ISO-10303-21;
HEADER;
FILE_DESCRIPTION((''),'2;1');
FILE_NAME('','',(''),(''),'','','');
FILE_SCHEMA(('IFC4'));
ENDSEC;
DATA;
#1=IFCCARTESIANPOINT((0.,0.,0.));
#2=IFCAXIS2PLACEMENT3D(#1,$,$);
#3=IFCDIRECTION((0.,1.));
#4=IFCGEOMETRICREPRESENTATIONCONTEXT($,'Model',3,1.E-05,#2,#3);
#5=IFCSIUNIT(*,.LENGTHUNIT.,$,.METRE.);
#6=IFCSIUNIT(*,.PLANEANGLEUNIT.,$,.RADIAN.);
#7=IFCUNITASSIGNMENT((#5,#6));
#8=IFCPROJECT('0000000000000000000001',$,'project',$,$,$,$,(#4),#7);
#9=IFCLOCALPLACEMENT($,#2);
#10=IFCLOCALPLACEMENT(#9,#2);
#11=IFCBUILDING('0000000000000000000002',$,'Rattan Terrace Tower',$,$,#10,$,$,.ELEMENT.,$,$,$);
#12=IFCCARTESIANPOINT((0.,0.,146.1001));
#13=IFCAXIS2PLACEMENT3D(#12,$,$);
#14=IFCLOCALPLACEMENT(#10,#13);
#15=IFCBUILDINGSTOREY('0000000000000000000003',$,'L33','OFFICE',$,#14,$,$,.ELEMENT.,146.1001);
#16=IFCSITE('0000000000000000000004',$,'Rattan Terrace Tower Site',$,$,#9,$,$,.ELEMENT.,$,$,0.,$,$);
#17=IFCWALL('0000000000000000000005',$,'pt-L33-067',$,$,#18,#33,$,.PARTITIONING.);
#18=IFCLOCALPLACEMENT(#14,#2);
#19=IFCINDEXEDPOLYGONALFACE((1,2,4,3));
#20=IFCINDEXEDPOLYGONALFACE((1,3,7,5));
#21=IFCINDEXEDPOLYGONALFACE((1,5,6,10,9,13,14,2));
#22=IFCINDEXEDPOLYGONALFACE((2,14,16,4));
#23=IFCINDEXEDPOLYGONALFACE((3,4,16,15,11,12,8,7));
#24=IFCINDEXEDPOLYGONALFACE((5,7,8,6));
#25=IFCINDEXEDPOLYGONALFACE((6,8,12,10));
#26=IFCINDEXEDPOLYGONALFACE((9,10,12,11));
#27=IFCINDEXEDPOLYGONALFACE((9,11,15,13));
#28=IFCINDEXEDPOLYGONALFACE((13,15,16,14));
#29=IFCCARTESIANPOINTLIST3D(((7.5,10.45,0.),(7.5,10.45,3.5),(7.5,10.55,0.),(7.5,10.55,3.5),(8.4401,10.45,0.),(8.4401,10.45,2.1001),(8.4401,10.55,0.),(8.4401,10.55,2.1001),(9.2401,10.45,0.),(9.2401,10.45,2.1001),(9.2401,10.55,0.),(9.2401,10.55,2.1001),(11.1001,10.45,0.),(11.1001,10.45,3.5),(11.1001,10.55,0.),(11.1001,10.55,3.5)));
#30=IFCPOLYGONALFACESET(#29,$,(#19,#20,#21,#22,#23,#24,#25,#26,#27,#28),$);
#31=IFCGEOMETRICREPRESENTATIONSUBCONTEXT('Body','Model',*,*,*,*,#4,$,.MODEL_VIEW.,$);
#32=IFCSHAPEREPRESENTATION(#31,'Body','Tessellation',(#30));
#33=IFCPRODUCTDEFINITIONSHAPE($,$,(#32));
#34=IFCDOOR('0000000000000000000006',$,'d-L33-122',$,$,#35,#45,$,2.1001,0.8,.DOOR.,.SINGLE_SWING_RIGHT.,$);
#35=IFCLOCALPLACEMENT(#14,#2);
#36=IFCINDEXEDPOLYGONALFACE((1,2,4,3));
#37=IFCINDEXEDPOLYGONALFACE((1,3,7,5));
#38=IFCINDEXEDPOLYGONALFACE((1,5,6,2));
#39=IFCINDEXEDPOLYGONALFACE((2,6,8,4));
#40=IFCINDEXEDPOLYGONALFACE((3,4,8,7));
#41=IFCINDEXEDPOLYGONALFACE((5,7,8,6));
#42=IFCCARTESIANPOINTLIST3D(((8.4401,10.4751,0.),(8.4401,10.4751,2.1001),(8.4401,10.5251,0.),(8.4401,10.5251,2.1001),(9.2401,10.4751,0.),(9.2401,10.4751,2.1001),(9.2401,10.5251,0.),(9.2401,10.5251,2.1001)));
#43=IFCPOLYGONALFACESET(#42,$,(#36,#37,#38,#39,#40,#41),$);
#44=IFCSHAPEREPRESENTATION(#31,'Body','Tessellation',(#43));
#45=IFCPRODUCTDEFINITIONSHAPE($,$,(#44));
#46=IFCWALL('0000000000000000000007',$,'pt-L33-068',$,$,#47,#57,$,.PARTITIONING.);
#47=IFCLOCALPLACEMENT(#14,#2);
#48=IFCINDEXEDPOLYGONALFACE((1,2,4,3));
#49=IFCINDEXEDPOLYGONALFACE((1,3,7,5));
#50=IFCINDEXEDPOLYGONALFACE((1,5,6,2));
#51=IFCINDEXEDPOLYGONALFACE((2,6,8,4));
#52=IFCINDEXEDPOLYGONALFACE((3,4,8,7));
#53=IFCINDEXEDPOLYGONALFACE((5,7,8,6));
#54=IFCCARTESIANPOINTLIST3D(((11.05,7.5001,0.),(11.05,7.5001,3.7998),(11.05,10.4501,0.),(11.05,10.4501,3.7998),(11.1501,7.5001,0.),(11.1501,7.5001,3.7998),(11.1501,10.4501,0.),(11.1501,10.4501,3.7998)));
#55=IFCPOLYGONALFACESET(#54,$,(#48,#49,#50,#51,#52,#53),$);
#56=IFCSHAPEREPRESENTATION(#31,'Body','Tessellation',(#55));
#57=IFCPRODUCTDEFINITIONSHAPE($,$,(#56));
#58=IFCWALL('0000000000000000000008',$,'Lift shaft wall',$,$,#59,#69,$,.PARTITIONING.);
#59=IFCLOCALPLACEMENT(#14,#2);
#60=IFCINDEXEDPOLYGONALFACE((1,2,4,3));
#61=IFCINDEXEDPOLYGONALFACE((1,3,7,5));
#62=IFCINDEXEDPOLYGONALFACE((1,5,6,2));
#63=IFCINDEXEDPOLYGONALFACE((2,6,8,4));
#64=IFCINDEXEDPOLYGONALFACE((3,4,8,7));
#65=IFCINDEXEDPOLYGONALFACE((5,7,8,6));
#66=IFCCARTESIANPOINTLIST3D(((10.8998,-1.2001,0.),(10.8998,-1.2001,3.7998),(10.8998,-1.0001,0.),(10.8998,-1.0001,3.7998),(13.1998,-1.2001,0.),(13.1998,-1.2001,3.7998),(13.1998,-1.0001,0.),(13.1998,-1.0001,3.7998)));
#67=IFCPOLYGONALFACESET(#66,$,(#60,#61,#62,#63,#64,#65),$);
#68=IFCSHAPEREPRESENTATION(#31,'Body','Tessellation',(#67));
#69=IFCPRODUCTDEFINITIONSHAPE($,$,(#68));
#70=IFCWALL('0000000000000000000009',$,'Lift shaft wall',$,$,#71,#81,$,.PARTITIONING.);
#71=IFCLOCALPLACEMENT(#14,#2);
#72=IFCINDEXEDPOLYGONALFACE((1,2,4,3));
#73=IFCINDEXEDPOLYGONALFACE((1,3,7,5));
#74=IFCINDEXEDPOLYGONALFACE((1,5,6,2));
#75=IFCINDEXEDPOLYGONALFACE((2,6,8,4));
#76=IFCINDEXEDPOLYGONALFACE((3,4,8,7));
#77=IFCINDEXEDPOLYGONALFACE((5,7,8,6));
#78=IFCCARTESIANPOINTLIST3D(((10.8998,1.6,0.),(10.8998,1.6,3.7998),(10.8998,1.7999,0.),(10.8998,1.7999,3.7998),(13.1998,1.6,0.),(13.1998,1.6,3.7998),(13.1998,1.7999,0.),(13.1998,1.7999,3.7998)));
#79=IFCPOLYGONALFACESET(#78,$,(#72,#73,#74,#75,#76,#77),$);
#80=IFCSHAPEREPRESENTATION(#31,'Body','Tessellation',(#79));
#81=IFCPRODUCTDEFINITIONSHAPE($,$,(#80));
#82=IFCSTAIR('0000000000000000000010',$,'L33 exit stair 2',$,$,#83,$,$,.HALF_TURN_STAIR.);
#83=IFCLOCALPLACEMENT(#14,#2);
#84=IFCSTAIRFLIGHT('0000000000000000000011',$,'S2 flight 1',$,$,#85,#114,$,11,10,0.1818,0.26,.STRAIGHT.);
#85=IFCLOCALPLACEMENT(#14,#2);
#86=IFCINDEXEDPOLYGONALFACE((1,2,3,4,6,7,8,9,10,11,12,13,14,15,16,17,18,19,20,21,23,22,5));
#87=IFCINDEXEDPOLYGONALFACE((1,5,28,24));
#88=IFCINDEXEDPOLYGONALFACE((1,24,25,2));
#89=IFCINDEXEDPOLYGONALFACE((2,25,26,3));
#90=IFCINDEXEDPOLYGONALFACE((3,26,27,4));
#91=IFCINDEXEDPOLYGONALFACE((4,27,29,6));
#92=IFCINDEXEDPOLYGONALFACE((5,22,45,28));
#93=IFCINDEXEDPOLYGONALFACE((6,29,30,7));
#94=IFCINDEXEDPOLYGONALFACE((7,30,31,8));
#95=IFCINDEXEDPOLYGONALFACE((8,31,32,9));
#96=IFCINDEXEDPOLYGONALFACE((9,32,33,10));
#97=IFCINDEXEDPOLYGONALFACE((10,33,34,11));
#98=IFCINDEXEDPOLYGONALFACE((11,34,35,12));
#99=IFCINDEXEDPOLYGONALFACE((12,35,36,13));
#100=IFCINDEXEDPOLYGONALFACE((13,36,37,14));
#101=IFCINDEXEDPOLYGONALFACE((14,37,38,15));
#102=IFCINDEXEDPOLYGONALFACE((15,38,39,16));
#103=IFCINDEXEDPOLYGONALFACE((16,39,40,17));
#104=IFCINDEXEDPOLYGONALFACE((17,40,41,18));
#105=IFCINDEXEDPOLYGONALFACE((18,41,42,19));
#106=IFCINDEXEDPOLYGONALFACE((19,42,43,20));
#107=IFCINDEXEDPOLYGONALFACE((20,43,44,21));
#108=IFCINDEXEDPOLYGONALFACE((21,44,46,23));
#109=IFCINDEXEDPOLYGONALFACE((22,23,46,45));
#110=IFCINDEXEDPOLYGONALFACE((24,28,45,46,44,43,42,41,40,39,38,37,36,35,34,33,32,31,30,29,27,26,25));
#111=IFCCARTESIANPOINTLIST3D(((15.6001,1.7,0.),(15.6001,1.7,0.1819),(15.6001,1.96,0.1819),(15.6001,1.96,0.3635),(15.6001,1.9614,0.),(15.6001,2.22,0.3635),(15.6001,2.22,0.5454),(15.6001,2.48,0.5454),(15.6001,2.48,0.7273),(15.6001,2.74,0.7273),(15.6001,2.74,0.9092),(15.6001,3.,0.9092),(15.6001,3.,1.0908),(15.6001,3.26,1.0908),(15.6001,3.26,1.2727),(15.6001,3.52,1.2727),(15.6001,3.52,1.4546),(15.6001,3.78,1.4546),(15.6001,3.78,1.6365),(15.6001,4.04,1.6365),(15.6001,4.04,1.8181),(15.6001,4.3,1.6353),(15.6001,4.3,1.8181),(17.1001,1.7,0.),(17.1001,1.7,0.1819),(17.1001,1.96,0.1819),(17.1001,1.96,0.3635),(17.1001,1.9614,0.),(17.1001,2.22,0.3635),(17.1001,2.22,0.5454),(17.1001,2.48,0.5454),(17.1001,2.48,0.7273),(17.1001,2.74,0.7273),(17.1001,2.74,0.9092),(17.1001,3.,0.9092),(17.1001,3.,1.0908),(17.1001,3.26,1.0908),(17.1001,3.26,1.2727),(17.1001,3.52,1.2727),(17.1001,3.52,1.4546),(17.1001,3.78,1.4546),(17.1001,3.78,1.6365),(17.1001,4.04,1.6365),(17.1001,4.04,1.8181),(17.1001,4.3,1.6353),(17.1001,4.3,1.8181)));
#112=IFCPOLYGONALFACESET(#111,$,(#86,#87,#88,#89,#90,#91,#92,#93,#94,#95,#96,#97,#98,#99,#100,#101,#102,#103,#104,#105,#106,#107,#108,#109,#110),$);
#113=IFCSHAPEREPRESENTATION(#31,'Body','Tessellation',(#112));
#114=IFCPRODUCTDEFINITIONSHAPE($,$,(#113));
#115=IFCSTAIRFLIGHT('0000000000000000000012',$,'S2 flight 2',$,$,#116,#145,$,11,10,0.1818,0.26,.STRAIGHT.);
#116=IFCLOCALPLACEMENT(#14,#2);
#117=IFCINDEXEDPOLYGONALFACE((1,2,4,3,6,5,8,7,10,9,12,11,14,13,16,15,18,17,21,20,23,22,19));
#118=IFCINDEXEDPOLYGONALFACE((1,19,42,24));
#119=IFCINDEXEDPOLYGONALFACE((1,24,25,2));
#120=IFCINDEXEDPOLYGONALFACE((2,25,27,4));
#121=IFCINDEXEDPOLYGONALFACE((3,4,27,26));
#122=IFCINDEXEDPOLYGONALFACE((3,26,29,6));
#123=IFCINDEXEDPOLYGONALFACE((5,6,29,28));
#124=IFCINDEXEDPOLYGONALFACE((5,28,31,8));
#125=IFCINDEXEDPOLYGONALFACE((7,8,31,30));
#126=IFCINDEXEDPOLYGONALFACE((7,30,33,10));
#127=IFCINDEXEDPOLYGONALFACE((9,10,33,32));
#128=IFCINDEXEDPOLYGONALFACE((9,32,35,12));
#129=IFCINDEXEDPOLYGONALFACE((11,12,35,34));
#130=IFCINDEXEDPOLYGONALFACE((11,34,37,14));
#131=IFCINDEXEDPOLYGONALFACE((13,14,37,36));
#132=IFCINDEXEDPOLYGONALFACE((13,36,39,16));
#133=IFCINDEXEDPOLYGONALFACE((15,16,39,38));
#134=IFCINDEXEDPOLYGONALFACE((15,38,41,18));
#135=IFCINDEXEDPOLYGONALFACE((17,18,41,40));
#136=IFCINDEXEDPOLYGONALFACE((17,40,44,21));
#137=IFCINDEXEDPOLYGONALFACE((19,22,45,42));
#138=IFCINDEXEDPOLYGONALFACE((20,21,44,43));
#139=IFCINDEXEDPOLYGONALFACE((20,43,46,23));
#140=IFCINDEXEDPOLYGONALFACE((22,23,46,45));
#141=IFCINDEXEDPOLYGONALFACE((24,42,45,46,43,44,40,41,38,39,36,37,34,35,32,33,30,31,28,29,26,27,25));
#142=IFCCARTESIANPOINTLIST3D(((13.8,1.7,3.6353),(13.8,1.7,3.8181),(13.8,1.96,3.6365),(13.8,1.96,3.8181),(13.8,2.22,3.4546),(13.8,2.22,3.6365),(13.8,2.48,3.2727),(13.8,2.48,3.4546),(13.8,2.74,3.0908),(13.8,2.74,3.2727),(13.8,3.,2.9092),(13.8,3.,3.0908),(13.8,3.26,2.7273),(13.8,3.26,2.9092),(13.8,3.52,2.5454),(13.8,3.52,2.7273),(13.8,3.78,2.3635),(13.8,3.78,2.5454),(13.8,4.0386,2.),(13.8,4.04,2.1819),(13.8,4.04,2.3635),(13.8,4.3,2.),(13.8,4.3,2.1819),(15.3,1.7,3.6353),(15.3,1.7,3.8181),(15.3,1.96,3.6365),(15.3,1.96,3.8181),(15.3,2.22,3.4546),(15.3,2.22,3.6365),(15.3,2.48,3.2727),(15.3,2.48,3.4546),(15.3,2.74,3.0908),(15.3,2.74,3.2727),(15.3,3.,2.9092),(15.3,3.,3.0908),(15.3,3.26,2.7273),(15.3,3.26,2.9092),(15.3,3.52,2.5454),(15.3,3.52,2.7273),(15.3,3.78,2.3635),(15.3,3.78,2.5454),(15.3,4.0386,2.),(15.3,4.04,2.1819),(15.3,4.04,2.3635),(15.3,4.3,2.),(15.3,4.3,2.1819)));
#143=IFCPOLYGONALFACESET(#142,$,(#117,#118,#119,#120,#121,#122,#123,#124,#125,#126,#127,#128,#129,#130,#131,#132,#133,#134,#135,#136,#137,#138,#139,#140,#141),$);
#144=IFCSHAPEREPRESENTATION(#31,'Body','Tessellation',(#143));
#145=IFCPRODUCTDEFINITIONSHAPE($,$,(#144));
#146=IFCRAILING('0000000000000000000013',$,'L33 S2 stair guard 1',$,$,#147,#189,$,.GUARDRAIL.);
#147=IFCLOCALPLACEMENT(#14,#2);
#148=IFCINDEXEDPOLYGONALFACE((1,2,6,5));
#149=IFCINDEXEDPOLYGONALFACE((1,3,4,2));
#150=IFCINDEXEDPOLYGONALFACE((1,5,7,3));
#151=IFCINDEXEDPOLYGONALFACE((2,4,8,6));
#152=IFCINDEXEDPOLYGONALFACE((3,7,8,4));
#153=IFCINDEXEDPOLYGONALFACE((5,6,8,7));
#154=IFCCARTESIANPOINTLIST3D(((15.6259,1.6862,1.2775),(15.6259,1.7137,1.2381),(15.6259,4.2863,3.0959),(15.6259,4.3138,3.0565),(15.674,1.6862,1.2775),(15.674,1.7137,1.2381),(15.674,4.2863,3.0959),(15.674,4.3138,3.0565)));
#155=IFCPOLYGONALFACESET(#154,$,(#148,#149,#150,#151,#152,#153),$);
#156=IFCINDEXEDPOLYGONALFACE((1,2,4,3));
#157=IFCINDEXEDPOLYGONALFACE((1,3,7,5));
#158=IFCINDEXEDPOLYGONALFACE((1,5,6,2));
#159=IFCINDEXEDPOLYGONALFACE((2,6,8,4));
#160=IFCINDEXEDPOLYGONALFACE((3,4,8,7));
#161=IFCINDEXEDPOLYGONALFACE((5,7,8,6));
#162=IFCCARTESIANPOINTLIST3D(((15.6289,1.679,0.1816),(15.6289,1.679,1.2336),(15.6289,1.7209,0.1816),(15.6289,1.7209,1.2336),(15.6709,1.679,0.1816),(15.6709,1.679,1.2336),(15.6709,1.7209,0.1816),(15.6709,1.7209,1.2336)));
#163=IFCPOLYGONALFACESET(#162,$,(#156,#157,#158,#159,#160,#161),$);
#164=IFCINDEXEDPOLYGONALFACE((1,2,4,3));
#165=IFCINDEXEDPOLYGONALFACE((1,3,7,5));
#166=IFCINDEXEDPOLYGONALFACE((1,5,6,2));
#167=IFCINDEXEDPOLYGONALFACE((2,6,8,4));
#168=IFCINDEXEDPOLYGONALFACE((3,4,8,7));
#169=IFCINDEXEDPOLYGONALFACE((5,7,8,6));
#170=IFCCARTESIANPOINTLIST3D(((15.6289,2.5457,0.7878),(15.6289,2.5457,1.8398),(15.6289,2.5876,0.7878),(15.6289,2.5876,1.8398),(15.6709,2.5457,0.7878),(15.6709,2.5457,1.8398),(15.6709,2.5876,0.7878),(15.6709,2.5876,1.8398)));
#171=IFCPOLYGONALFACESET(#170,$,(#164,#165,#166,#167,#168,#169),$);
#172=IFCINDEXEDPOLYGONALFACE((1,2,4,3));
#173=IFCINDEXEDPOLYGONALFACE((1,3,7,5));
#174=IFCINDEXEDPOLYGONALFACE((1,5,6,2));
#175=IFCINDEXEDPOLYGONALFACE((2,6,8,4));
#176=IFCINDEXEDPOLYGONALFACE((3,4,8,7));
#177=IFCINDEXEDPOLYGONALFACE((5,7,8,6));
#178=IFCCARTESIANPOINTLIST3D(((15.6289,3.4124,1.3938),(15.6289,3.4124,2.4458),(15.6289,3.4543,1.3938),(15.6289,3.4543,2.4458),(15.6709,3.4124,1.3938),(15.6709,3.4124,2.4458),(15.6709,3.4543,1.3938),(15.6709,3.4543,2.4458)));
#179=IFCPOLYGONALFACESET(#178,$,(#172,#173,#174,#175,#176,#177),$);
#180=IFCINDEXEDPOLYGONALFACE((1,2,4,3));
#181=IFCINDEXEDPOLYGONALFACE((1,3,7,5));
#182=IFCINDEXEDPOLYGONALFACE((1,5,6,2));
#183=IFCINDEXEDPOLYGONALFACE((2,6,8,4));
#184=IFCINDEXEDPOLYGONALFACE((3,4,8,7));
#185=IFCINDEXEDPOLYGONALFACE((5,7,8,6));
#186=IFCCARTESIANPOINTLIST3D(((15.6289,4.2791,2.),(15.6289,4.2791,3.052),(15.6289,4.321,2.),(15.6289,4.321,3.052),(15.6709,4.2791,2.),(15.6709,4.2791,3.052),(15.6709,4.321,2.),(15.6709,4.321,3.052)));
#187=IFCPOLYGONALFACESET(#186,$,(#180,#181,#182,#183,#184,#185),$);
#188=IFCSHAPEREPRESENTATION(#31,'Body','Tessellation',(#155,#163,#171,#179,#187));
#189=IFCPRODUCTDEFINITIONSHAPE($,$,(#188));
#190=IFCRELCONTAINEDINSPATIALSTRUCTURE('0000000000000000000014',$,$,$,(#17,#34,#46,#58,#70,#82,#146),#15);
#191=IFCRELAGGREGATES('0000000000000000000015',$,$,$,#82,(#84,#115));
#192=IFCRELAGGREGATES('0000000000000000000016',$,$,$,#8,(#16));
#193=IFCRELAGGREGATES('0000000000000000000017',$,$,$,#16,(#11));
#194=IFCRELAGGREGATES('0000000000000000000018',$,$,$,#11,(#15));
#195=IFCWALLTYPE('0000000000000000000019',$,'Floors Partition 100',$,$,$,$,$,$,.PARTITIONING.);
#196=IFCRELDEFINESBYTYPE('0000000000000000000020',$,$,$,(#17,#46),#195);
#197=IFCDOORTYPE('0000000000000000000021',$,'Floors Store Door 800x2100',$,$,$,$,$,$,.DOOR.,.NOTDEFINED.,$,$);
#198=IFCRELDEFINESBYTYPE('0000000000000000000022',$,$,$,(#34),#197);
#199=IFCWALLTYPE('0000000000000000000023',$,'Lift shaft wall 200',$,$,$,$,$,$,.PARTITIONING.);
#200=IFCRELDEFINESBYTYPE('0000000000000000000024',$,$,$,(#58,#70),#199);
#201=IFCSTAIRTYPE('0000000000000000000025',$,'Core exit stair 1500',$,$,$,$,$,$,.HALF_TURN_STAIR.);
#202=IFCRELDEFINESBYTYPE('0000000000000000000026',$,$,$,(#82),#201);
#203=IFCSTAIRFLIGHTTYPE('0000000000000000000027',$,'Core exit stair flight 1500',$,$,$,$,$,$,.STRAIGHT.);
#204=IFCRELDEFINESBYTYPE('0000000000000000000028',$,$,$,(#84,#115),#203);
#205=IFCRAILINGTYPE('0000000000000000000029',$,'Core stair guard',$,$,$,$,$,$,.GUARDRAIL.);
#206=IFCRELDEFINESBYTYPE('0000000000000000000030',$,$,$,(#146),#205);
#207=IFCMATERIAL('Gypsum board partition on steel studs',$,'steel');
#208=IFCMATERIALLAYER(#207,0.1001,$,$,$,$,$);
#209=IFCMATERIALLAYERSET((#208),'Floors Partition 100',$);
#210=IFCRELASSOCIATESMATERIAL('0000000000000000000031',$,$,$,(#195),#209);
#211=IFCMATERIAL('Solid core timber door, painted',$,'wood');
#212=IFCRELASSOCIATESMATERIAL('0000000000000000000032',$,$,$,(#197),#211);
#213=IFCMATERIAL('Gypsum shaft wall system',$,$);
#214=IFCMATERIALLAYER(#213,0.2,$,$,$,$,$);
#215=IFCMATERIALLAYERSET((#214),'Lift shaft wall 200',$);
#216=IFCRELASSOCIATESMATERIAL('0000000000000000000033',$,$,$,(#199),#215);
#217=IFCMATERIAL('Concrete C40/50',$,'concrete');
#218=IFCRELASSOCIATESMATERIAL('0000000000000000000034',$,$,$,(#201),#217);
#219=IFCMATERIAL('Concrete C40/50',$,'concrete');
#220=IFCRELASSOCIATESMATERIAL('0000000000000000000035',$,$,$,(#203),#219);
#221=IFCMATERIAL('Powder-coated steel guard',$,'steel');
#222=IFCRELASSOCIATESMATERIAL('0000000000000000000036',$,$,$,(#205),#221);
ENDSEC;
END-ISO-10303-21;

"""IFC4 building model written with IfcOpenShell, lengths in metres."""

from ifc_helpers import new_model, si_unit, direction, frame, frame_2d, origin, origin_2d, place, context, subcontext, project, spatial, polyline, rectangle, outline, extrude, material, layer, layer_set, type_object, element, fill, aggregate, save


model = new_model("IFC4")

# Units and contexts
model_context = context("Model", 3, precision=1e-05, world=origin(), true_north=direction((0.0, 1.0)))
body_context = subcontext(model_context, "Body", "Model", "MODEL_VIEW")
ifc_project = project(units=[si_unit("LENGTHUNIT", "METRE"), si_unit("PLANEANGLEUNIT", "RADIAN")], contexts=[model_context])

# Site, building, storey
site_placement = place(None, origin())
site = spatial("IfcSite", under=ifc_project, at=site_placement, Name="Rattan Terrace Tower Site", CompositionType="ELEMENT", RefElevation=0.0)
building_placement = place(site_placement, origin())
building = spatial("IfcBuilding", under=site, at=building_placement, Name="Rattan Terrace Tower", CompositionType="ELEMENT")
storey_placement = place(building_placement, frame((0.0, 0.0, 146.1001)))
storey = spatial("IfcBuildingStorey", under=building, at=storey_placement, Name="L33", Description="OFFICE", CompositionType="ELEMENT", Elevation=146.1001)

# Wall, opening, door
ifc_material_1 = material(Name="Gypsum board partition on steel studs", Category="steel")
ifc_layer_1 = layer(ifc_material_1, 0.1001)
ifc_layer_set_1 = layer_set([ifc_layer_1], Name="Floors Partition 100")
wall_type_1 = type_object("IfcWallType", Name="Floors Partition 100", PredefinedType="PARTITIONING", material=ifc_layer_set_1)
wall_1_placement = place(storey_placement, frame((11.1001, 10.5, 0.0), z_axis=(0.0, 0.0, 1.0), x_axis=(-1.0, 0.0, 0.0)))
wall_1 = element("IfcWall", 1, at=wall_1_placement, inside=storey, type_object=wall_type_1, Name="pt-L33-067", PredefinedType="PARTITIONING", context=body_context, shape_type="SweptSolid", body=[
    extrude(rectangle(XDim=3.6001, YDim=0.1001, at=frame_2d((1.8, 0.0))), origin(), (0.0, 0.0, 1.0), 3.5),
])
opening_1_placement = place(wall_1_placement, frame((1.8601, 0.0, 0.0)))
opening_1 = element("IfcOpeningElement", 2, at=opening_1_placement, cuts=wall_1, PredefinedType="OPENING", context=body_context, shape_type="SweptSolid", body=[
    extrude(rectangle(XDim=0.8, YDim=2.1001, at=frame_2d((0.3999, 1.05))), frame((0.0, 0.0605, 0.0), z_axis=(0.0, -1.0, 0.0), x_axis=(1.0, 0.0, 0.0)), (0.0, 0.0, 1.0), 0.1211),
])
ifc_material_2 = material(Name="Solid core timber door, painted", Category="wood")
door_type_1 = type_object("IfcDoorType", Name="Floors Store Door 800x2100", OperationType="NOTDEFINED", PredefinedType="DOOR", material=ifc_material_2)
door_1_placement = place(opening_1_placement, origin())
door_1 = element("IfcDoor", 3, at=door_1_placement, inside=storey, type_object=door_type_1, Name="d-L33-122", OperationType="SINGLE_SWING_RIGHT", OverallHeight=2.1001, OverallWidth=0.8, PredefinedType="DOOR", context=body_context, shape_type="SweptSolid", body=[
    extrude(rectangle(XDim=0.8, YDim=2.1001, at=frame_2d((0.3999, 1.05))), frame((0.0, 0.0249, 0.0), z_axis=(0.0, -1.0, 0.0), x_axis=(1.0, 0.0, 0.0)), (0.0, 0.0, 1.0), 0.05),
])
fill(opening_1, door_1)

# Walls
wall_2_placement = place(storey_placement, frame((11.1001, 7.5, 0.0), z_axis=(0.0, 0.0, 1.0), x_axis=(0.0, 1.0, 0.0)))
element("IfcWall", 4, at=wall_2_placement, inside=storey, type_object=wall_type_1, Name="pt-L33-068", PredefinedType="PARTITIONING", context=body_context, shape_type="SweptSolid", body=[
    extrude(rectangle(XDim=2.95, YDim=0.1001, at=frame_2d((1.4751, 0.0))), origin(), (0.0, 0.0, 1.0), 3.7998),
])
ifc_material_3 = material(Name="Gypsum shaft wall system")
ifc_layer_2 = layer(ifc_material_3, 0.2)
ifc_layer_set_2 = layer_set([ifc_layer_2], Name="Lift shaft wall 200")
wall_type_2 = type_object("IfcWallType", Name="Lift shaft wall 200", PredefinedType="PARTITIONING", material=ifc_layer_set_2)
for number, where, z_axis, x_axis, name in (
    (5, (10.8999, -1.1001, 0.0), (0.0, 0.0, 1.0), (1.0, 0.0, 0.0), "Lift shaft wall"),
    (6, (10.8999, 1.7, 0.0), (0.0, 0.0, 1.0), (1.0, 0.0, 0.0), "Lift shaft wall"),
):
    element("IfcWall", number, at=place(storey_placement, frame(where, z_axis=z_axis, x_axis=x_axis)), inside=storey, type_object=wall_type_2, Name=name, PredefinedType="PARTITIONING", context=body_context, shape_type="SweptSolid", body=[
        extrude(rectangle(XDim=2.3, YDim=0.2, at=frame_2d((1.1499, 0.0))), origin(), (0.0, 0.0, 1.0), 3.7998),
    ])

# Stair, stair flights
ifc_material_4 = material(Name="Concrete C40/50", Category="concrete")
stair_type = type_object("IfcStairType", Name="Core exit stair 1500", PredefinedType="HALF_TURN_STAIR", material=ifc_material_4)
stair_placement = place(storey_placement, origin())
stair = element("IfcStair", 7, at=stair_placement, inside=storey, type_object=stair_type, Name="L33 exit stair 2", PredefinedType="HALF_TURN_STAIR")
ifc_material_5 = material(Name="Concrete C40/50", Category="concrete")
stair_flight_type = type_object("IfcStairFlightType", Name="Core exit stair flight 1500", PredefinedType="STRAIGHT", material=ifc_material_5)
stair_flight_1_placement = place(storey_placement, frame((16.3501, 1.7, 0.0), z_axis=(0.0, 0.0, 1.0), x_axis=(0.0, 1.0, 0.0)))
stair_flight_1 = element("IfcStairFlight", 8, at=stair_flight_1_placement, type_object=stair_flight_type, Name="S2 flight 1", NumberOfRisers=11, NumberOfTreads=10, PredefinedType="STRAIGHT", RiserHeight=0.1818, TreadLength=0.26, context=body_context, shape_type="SweptSolid", body=[
    extrude(outline(polyline([(0.0, 0.0), (0.0, 0.1819), (0.26, 0.1819), (0.26, 0.3635), (0.52, 0.3635), (0.52, 0.5454), (0.78, 0.5454), (0.78, 0.7273), (1.04, 0.7273), (1.04, 0.9092), (1.3, 0.9092), (1.3, 1.0908), (1.5601, 1.0908), (1.5601, 1.2727), (1.8201, 1.2727), (1.8201, 1.4546), (2.0801, 1.4546), (2.0801, 1.6365), (2.3401, 1.6365), (2.3401, 1.8181), (2.6001, 1.8181), (2.6001, 2.0), (2.6001, 1.6353), (0.2615, 0.0), (0.0, 0.0)])), frame((0.0, 0.75, 0.0), z_axis=(0.0, -1.0, 0.0), x_axis=(1.0, 0.0, 0.0)), (0.0, 0.0, 1.0), 1.5),
])
stair_flight_2_placement = place(storey_placement, frame((14.55, 4.3, 2.0), z_axis=(0.0, 0.0, 1.0), x_axis=(0.0, -1.0, 0.0)))
stair_flight_2 = element("IfcStairFlight", 9, at=stair_flight_2_placement, type_object=stair_flight_type, Name="S2 flight 2", NumberOfRisers=11, NumberOfTreads=10, PredefinedType="STRAIGHT", RiserHeight=0.1818, TreadLength=0.26, context=body_context, shape_type="SweptSolid", body=[
    extrude(outline(polyline([(0.0, 0.0), (0.0, 0.1819), (0.26, 0.1819), (0.26, 0.3635), (0.52, 0.3635), (0.52, 0.5454), (0.78, 0.5454), (0.78, 0.7273), (1.04, 0.7273), (1.04, 0.9092), (1.3, 0.9092), (1.3, 1.0908), (1.5601, 1.0908), (1.5601, 1.2727), (1.8201, 1.2727), (1.8201, 1.4546), (2.0801, 1.4546), (2.0801, 1.6365), (2.3401, 1.6365), (2.3401, 1.8181), (2.6001, 1.8181), (2.6001, 2.0), (2.6001, 1.6353), (0.2615, 0.0), (0.0, 0.0)])), frame((0.0, 0.75, 0.0), z_axis=(0.0, -1.0, 0.0), x_axis=(1.0, 0.0, 0.0)), (0.0, 0.0, 1.0), 1.5),
])
aggregate(stair, [stair_flight_1, stair_flight_2])

# Railing
ifc_material_6 = material(Name="Powder-coated steel guard", Category="steel")
railing_type_1 = type_object("IfcRailingType", Name="Core stair guard", PredefinedType="GUARDRAIL", material=ifc_material_6)
railing_1_placement = place(storey_placement, frame((15.6499, 1.7, 0.1816)))
element("IfcRailing", 10, at=railing_1_placement, inside=storey, type_object=railing_type_1, Name="L33 S2 stair guard 1", PredefinedType="GUARDRAIL", context=body_context, shape_type="SweptSolid", body=[
    extrude(rectangle(XDim=0.0481, YDim=0.0481, at=origin_2d()), frame((0.0, 0.0, 1.0762), z_axis=(0.0, 0.819485, 0.573101), x_axis=(-1.0, 0.0, 0.0)), (0.0, 0.0, 1.0), 3.1729),
    extrude(rectangle(XDim=0.042, YDim=0.042, at=origin_2d()), origin(), (0.0, 0.0, 1.0), 1.052),
    extrude(rectangle(XDim=0.042, YDim=0.042, at=origin_2d()), frame((0.0, 0.8667, 0.6062)), (0.0, 0.0, 1.0), 1.052),
    extrude(rectangle(XDim=0.042, YDim=0.042, at=origin_2d()), frame((0.0, 1.7334, 1.2122)), (0.0, 0.0, 1.0), 1.052),
    extrude(rectangle(XDim=0.042, YDim=0.042, at=origin_2d()), frame((0.0, 2.6001, 1.8184)), (0.0, 0.0, 1.0), 1.052),
])

save(model, "model.ifc")
